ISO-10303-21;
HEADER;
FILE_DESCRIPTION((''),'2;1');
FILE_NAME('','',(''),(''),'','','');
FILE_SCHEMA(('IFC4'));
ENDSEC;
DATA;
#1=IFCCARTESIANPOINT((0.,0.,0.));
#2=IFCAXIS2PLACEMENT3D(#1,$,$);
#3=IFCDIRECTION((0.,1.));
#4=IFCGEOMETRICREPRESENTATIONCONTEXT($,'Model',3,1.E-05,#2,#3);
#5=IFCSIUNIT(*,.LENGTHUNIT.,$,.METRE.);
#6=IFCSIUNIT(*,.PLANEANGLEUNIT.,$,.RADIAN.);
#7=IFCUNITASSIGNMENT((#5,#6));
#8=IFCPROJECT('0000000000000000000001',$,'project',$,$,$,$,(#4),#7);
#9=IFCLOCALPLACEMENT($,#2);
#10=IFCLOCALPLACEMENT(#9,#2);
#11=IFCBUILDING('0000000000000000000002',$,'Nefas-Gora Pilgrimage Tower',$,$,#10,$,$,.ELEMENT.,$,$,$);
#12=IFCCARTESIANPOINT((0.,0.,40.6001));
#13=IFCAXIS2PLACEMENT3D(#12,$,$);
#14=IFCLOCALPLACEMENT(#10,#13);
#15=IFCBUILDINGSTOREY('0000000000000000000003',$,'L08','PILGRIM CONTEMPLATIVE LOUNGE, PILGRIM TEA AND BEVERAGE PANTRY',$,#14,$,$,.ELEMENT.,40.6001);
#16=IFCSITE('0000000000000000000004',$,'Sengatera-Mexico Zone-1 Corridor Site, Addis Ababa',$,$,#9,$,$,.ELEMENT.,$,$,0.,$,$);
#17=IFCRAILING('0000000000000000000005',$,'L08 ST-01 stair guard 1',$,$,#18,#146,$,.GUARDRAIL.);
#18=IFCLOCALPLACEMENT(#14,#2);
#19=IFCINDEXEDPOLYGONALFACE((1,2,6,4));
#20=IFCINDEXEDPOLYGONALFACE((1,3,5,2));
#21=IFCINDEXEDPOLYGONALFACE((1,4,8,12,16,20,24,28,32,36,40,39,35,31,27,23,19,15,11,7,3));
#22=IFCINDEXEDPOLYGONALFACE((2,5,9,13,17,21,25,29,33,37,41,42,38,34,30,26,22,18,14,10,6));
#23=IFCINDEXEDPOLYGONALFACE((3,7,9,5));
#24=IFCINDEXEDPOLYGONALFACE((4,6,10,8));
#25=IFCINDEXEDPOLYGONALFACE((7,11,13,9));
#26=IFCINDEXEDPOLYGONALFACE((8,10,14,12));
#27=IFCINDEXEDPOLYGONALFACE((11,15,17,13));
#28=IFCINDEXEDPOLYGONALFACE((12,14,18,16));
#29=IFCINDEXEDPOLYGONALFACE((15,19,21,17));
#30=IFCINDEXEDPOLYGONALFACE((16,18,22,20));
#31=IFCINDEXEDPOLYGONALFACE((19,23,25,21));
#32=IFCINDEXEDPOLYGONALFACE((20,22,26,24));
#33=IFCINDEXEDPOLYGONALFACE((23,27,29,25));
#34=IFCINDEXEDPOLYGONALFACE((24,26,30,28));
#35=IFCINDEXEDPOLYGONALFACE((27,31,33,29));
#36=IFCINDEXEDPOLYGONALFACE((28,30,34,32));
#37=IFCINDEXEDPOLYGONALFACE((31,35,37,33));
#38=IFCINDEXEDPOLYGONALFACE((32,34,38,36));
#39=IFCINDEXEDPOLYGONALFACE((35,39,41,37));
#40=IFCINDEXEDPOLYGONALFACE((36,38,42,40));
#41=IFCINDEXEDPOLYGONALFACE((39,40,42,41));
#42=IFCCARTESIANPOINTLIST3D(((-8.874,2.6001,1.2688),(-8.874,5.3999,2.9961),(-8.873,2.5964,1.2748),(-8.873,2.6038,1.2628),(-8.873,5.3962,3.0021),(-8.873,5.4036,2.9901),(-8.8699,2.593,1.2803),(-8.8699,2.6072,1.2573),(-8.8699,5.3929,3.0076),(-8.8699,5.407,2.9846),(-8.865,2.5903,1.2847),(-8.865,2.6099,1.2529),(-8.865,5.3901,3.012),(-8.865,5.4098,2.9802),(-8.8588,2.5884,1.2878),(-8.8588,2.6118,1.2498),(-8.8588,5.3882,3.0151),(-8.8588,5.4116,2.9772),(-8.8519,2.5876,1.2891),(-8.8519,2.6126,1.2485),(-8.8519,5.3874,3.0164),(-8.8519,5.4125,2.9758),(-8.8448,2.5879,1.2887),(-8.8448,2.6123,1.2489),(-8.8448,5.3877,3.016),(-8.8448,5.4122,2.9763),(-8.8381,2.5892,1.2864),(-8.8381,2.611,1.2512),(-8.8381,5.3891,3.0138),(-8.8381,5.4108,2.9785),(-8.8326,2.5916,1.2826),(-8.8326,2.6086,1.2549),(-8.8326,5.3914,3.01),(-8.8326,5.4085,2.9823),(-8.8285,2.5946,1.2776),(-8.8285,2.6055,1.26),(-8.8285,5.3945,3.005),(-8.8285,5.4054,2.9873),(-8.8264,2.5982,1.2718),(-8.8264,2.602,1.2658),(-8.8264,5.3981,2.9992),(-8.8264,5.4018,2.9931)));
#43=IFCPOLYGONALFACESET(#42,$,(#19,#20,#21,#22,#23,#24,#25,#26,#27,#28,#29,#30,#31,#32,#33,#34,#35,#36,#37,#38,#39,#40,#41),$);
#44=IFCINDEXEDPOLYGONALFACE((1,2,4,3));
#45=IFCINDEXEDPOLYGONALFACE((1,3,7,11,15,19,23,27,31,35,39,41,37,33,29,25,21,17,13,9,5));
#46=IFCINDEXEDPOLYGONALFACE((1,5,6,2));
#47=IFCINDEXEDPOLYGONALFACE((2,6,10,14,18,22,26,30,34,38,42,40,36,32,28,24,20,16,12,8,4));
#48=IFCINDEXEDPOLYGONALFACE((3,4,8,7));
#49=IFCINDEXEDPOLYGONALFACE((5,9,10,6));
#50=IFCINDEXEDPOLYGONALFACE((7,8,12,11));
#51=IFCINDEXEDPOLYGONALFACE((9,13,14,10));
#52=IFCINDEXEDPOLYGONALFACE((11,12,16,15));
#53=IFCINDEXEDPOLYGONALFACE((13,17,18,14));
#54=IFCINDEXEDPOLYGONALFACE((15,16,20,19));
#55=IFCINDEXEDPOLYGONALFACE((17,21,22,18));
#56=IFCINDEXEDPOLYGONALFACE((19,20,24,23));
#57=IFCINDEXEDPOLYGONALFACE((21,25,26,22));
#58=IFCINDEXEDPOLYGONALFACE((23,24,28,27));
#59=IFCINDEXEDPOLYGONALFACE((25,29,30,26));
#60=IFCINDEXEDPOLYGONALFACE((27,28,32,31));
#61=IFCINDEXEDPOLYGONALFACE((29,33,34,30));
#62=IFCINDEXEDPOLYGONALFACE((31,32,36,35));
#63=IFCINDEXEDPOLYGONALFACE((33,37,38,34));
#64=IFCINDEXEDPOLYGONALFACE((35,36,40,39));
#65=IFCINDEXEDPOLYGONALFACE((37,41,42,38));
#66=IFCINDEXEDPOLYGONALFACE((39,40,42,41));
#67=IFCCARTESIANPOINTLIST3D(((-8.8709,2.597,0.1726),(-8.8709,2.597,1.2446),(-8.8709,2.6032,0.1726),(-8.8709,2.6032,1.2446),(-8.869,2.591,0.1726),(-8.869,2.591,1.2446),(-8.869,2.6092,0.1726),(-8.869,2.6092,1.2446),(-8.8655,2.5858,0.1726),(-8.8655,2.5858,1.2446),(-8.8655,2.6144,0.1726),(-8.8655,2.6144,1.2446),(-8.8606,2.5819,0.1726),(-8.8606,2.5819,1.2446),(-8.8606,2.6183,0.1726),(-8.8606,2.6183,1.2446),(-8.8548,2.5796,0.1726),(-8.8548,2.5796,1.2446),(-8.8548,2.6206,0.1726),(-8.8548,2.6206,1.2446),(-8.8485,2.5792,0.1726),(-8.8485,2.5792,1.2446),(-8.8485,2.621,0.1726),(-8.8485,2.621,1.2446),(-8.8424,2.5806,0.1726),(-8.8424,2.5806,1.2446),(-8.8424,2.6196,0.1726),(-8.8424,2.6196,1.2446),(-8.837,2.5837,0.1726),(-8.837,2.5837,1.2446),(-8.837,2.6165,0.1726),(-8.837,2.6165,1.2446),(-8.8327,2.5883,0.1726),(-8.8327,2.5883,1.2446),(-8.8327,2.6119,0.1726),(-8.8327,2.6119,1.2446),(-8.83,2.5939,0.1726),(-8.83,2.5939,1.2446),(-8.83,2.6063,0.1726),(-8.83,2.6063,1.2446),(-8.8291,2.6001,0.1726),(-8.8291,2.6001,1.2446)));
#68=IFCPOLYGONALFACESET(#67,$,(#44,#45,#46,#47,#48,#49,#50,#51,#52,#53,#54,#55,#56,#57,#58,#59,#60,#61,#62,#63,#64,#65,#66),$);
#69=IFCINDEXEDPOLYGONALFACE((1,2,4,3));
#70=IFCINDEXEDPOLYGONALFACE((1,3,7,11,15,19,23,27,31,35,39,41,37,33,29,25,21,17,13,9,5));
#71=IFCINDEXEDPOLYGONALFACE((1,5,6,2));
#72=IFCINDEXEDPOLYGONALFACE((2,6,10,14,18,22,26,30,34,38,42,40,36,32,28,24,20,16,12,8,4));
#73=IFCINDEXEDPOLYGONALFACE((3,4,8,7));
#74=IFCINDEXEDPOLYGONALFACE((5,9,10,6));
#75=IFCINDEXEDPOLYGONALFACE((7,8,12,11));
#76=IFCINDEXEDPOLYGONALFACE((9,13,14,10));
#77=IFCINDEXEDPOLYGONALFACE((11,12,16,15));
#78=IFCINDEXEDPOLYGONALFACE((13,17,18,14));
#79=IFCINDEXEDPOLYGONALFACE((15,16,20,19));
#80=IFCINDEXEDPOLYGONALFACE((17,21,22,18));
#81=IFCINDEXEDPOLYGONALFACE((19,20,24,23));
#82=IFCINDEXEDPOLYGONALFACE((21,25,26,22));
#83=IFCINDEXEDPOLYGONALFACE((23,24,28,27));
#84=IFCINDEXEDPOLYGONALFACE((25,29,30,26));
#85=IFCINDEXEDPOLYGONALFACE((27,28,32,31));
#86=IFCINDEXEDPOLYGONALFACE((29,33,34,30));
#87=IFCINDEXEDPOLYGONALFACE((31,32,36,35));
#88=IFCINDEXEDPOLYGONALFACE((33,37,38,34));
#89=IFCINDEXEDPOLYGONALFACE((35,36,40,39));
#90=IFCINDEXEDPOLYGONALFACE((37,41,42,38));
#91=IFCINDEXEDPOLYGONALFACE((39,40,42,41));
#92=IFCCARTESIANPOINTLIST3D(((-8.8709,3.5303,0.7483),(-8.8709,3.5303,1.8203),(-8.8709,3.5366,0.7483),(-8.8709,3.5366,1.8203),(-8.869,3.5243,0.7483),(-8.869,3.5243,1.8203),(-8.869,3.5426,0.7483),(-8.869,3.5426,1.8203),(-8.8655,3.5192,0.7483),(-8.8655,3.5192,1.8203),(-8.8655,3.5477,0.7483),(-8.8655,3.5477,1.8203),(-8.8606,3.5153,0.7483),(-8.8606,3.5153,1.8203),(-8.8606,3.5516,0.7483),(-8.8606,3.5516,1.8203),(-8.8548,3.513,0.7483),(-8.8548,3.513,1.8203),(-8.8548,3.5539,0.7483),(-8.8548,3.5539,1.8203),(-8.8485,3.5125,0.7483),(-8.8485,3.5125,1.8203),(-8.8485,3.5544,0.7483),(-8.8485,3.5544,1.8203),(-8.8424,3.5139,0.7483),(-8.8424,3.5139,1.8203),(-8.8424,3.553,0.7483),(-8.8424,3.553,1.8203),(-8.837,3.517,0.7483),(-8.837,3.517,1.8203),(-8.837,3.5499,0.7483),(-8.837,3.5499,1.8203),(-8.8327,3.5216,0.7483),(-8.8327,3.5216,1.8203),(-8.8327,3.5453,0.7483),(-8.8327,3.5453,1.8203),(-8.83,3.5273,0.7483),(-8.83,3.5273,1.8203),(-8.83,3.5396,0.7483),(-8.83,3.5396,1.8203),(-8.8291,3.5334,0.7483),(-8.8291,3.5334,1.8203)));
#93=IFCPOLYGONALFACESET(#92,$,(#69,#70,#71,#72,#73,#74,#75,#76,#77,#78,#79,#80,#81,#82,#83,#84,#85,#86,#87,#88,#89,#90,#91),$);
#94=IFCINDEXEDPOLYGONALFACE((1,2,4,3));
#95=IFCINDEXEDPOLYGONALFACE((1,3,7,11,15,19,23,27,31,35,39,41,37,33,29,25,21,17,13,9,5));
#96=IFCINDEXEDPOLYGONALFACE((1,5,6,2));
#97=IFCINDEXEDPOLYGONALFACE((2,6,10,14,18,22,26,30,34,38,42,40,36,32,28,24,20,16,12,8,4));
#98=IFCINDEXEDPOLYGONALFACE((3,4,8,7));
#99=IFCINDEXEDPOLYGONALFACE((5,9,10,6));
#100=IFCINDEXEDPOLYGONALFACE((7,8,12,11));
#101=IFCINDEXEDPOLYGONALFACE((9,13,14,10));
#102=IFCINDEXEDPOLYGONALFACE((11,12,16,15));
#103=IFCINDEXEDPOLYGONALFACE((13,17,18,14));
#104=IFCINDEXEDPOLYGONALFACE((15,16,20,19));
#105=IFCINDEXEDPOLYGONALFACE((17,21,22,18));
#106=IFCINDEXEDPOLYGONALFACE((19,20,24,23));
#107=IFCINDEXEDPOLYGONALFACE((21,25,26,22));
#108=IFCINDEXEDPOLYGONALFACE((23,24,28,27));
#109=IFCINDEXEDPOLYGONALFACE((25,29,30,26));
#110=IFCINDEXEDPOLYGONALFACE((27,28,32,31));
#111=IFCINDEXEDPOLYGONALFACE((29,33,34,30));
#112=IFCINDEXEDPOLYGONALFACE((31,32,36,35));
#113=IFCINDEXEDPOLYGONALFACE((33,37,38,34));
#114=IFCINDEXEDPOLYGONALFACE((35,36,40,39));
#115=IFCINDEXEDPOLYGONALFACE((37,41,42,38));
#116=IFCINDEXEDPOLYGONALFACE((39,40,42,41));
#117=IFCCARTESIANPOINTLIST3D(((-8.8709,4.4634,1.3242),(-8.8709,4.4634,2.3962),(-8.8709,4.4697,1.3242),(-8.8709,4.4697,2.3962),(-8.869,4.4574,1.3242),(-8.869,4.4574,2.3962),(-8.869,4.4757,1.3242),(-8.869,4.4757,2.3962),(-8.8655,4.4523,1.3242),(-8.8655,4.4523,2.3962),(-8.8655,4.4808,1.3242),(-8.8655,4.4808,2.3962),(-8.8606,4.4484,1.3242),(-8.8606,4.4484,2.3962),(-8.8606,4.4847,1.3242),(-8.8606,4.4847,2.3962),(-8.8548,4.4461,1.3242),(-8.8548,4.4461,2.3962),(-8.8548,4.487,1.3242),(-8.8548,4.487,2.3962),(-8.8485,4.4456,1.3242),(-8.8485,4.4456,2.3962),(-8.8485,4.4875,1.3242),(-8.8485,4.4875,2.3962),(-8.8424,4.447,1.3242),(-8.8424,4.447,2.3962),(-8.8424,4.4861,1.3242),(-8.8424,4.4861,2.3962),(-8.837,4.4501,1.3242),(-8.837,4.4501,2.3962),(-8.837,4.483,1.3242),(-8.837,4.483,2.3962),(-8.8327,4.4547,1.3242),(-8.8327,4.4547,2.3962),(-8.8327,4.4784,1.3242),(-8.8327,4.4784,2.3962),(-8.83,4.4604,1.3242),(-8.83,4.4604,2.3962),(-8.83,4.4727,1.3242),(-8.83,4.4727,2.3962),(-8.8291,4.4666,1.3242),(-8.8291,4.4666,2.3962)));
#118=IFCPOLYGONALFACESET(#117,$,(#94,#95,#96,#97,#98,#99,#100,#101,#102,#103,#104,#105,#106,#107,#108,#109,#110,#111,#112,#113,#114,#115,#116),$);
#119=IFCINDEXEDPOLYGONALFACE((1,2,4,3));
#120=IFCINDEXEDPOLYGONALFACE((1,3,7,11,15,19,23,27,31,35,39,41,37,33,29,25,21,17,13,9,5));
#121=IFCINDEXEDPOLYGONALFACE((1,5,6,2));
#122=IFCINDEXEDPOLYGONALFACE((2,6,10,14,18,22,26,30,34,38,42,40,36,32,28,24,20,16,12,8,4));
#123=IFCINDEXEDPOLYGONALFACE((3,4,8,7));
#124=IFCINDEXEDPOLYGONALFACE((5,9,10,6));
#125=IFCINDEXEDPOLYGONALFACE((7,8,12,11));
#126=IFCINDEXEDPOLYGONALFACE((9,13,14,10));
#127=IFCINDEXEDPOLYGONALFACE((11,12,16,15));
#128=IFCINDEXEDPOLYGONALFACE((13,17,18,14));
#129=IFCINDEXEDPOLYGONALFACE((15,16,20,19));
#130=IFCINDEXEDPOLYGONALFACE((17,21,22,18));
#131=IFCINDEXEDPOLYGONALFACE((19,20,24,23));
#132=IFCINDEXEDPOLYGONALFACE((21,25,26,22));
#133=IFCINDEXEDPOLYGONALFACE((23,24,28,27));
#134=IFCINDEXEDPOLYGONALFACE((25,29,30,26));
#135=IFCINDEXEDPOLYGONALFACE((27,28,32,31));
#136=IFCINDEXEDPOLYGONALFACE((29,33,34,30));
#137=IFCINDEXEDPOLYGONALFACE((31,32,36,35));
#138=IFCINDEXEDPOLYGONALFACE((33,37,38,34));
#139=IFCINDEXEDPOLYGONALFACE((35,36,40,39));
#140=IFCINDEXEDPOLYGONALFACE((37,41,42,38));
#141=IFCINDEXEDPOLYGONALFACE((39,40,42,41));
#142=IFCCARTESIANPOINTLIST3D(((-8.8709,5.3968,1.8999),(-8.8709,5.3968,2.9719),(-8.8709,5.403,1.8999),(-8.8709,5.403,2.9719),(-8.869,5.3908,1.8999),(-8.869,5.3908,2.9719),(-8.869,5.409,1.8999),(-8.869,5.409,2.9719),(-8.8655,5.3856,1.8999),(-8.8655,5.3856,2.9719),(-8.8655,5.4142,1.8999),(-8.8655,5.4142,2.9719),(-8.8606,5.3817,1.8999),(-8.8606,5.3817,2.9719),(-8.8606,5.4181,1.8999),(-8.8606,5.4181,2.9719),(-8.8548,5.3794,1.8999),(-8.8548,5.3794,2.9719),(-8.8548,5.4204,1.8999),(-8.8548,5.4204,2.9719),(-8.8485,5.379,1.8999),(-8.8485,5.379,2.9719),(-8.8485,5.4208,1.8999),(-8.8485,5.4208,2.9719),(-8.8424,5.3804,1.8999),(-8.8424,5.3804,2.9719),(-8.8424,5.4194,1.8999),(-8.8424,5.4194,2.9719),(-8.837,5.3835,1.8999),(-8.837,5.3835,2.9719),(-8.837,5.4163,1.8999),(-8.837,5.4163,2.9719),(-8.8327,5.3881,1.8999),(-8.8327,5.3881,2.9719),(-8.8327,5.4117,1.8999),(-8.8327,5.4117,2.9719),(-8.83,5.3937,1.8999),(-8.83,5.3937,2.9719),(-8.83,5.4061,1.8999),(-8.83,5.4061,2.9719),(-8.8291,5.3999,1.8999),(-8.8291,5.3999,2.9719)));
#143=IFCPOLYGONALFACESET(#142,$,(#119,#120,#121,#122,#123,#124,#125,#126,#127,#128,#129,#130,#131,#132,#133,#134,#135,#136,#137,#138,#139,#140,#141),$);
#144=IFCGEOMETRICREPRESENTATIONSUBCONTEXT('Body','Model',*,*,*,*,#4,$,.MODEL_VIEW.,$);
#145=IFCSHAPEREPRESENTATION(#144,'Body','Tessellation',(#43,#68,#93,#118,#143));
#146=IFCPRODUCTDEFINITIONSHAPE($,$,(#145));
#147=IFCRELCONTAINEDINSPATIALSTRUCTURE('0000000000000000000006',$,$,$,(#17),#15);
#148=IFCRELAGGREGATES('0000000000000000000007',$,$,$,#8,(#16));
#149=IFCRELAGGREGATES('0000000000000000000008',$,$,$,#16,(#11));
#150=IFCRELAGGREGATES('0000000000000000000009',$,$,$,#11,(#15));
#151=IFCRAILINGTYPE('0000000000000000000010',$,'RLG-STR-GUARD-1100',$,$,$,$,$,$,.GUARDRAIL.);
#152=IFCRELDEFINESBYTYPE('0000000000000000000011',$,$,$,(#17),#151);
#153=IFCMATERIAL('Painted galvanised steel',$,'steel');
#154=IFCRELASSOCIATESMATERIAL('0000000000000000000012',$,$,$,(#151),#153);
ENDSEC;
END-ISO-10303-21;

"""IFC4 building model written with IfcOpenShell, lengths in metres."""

from ifc_helpers import new_model, si_unit, direction, frame, origin, origin_2d, place, context, subcontext, project, spatial, circle, extrude, material, type_object, element, save


model = new_model("IFC4")

# Units and contexts
model_context = context("Model", 3, precision=1e-05, world=origin(), true_north=direction((0.0, 1.0)))
body_context = subcontext(model_context, "Body", "Model", "MODEL_VIEW")
ifc_project = project(units=[si_unit("LENGTHUNIT", "METRE"), si_unit("PLANEANGLEUNIT", "RADIAN")], contexts=[model_context])

# Site, building, storey
site_placement = place(None, origin())
site = spatial("IfcSite", under=ifc_project, at=site_placement, Name="Sengatera-Mexico Zone-1 Corridor Site, Addis Ababa", CompositionType="ELEMENT", RefElevation=0.0)
building_placement = place(site_placement, origin())
building = spatial("IfcBuilding", under=site, at=building_placement, Name="Nefas-Gora Pilgrimage Tower", CompositionType="ELEMENT")
storey_placement = place(building_placement, frame((0.0, 0.0, 40.6001)))
storey = spatial("IfcBuildingStorey", under=building, at=storey_placement, Name="L08", Description="PILGRIM CONTEMPLATIVE LOUNGE, PILGRIM TEA AND BEVERAGE PANTRY", CompositionType="ELEMENT", Elevation=40.6001)

# Railing
ifc_material_1 = material(Name="Painted galvanised steel", Category="steel")
railing_type_1 = type_object("IfcRailingType", Name="RLG-STR-GUARD-1100", PredefinedType="GUARDRAIL", material=ifc_material_1)
railing_1_placement = place(storey_placement, frame((-8.8501, 2.6001, 0.1726)))
element("IfcRailing", 1, at=railing_1_placement, inside=storey, type_object=railing_type_1, Name="L08 ST-01 stair guard 1", PredefinedType="GUARDRAIL", context=body_context, shape_type="SweptSolid", body=[
    extrude(circle(Radius=0.0239, at=origin_2d()), frame((0.0, 0.0, 1.0962), z_axis=(0.0, 0.851069, 0.525054), x_axis=(-1.0, 0.0, 0.0)), (0.0, 0.0, 1.0), 3.2898),
    extrude(circle(Radius=0.021, at=origin_2d()), origin(), (0.0, 0.0, 1.0), 1.072),
    extrude(circle(Radius=0.021, at=origin_2d()), frame((0.0, 0.9333, 0.5757)), (0.0, 0.0, 1.0), 1.072),
    extrude(circle(Radius=0.021, at=origin_2d()), frame((0.0, 1.8665, 1.1516)), (0.0, 0.0, 1.0), 1.072),
    extrude(circle(Radius=0.021, at=origin_2d()), frame((0.0, 2.7998, 1.7273)), (0.0, 0.0, 1.0), 1.072),
])

save(model, "model.ifc")
